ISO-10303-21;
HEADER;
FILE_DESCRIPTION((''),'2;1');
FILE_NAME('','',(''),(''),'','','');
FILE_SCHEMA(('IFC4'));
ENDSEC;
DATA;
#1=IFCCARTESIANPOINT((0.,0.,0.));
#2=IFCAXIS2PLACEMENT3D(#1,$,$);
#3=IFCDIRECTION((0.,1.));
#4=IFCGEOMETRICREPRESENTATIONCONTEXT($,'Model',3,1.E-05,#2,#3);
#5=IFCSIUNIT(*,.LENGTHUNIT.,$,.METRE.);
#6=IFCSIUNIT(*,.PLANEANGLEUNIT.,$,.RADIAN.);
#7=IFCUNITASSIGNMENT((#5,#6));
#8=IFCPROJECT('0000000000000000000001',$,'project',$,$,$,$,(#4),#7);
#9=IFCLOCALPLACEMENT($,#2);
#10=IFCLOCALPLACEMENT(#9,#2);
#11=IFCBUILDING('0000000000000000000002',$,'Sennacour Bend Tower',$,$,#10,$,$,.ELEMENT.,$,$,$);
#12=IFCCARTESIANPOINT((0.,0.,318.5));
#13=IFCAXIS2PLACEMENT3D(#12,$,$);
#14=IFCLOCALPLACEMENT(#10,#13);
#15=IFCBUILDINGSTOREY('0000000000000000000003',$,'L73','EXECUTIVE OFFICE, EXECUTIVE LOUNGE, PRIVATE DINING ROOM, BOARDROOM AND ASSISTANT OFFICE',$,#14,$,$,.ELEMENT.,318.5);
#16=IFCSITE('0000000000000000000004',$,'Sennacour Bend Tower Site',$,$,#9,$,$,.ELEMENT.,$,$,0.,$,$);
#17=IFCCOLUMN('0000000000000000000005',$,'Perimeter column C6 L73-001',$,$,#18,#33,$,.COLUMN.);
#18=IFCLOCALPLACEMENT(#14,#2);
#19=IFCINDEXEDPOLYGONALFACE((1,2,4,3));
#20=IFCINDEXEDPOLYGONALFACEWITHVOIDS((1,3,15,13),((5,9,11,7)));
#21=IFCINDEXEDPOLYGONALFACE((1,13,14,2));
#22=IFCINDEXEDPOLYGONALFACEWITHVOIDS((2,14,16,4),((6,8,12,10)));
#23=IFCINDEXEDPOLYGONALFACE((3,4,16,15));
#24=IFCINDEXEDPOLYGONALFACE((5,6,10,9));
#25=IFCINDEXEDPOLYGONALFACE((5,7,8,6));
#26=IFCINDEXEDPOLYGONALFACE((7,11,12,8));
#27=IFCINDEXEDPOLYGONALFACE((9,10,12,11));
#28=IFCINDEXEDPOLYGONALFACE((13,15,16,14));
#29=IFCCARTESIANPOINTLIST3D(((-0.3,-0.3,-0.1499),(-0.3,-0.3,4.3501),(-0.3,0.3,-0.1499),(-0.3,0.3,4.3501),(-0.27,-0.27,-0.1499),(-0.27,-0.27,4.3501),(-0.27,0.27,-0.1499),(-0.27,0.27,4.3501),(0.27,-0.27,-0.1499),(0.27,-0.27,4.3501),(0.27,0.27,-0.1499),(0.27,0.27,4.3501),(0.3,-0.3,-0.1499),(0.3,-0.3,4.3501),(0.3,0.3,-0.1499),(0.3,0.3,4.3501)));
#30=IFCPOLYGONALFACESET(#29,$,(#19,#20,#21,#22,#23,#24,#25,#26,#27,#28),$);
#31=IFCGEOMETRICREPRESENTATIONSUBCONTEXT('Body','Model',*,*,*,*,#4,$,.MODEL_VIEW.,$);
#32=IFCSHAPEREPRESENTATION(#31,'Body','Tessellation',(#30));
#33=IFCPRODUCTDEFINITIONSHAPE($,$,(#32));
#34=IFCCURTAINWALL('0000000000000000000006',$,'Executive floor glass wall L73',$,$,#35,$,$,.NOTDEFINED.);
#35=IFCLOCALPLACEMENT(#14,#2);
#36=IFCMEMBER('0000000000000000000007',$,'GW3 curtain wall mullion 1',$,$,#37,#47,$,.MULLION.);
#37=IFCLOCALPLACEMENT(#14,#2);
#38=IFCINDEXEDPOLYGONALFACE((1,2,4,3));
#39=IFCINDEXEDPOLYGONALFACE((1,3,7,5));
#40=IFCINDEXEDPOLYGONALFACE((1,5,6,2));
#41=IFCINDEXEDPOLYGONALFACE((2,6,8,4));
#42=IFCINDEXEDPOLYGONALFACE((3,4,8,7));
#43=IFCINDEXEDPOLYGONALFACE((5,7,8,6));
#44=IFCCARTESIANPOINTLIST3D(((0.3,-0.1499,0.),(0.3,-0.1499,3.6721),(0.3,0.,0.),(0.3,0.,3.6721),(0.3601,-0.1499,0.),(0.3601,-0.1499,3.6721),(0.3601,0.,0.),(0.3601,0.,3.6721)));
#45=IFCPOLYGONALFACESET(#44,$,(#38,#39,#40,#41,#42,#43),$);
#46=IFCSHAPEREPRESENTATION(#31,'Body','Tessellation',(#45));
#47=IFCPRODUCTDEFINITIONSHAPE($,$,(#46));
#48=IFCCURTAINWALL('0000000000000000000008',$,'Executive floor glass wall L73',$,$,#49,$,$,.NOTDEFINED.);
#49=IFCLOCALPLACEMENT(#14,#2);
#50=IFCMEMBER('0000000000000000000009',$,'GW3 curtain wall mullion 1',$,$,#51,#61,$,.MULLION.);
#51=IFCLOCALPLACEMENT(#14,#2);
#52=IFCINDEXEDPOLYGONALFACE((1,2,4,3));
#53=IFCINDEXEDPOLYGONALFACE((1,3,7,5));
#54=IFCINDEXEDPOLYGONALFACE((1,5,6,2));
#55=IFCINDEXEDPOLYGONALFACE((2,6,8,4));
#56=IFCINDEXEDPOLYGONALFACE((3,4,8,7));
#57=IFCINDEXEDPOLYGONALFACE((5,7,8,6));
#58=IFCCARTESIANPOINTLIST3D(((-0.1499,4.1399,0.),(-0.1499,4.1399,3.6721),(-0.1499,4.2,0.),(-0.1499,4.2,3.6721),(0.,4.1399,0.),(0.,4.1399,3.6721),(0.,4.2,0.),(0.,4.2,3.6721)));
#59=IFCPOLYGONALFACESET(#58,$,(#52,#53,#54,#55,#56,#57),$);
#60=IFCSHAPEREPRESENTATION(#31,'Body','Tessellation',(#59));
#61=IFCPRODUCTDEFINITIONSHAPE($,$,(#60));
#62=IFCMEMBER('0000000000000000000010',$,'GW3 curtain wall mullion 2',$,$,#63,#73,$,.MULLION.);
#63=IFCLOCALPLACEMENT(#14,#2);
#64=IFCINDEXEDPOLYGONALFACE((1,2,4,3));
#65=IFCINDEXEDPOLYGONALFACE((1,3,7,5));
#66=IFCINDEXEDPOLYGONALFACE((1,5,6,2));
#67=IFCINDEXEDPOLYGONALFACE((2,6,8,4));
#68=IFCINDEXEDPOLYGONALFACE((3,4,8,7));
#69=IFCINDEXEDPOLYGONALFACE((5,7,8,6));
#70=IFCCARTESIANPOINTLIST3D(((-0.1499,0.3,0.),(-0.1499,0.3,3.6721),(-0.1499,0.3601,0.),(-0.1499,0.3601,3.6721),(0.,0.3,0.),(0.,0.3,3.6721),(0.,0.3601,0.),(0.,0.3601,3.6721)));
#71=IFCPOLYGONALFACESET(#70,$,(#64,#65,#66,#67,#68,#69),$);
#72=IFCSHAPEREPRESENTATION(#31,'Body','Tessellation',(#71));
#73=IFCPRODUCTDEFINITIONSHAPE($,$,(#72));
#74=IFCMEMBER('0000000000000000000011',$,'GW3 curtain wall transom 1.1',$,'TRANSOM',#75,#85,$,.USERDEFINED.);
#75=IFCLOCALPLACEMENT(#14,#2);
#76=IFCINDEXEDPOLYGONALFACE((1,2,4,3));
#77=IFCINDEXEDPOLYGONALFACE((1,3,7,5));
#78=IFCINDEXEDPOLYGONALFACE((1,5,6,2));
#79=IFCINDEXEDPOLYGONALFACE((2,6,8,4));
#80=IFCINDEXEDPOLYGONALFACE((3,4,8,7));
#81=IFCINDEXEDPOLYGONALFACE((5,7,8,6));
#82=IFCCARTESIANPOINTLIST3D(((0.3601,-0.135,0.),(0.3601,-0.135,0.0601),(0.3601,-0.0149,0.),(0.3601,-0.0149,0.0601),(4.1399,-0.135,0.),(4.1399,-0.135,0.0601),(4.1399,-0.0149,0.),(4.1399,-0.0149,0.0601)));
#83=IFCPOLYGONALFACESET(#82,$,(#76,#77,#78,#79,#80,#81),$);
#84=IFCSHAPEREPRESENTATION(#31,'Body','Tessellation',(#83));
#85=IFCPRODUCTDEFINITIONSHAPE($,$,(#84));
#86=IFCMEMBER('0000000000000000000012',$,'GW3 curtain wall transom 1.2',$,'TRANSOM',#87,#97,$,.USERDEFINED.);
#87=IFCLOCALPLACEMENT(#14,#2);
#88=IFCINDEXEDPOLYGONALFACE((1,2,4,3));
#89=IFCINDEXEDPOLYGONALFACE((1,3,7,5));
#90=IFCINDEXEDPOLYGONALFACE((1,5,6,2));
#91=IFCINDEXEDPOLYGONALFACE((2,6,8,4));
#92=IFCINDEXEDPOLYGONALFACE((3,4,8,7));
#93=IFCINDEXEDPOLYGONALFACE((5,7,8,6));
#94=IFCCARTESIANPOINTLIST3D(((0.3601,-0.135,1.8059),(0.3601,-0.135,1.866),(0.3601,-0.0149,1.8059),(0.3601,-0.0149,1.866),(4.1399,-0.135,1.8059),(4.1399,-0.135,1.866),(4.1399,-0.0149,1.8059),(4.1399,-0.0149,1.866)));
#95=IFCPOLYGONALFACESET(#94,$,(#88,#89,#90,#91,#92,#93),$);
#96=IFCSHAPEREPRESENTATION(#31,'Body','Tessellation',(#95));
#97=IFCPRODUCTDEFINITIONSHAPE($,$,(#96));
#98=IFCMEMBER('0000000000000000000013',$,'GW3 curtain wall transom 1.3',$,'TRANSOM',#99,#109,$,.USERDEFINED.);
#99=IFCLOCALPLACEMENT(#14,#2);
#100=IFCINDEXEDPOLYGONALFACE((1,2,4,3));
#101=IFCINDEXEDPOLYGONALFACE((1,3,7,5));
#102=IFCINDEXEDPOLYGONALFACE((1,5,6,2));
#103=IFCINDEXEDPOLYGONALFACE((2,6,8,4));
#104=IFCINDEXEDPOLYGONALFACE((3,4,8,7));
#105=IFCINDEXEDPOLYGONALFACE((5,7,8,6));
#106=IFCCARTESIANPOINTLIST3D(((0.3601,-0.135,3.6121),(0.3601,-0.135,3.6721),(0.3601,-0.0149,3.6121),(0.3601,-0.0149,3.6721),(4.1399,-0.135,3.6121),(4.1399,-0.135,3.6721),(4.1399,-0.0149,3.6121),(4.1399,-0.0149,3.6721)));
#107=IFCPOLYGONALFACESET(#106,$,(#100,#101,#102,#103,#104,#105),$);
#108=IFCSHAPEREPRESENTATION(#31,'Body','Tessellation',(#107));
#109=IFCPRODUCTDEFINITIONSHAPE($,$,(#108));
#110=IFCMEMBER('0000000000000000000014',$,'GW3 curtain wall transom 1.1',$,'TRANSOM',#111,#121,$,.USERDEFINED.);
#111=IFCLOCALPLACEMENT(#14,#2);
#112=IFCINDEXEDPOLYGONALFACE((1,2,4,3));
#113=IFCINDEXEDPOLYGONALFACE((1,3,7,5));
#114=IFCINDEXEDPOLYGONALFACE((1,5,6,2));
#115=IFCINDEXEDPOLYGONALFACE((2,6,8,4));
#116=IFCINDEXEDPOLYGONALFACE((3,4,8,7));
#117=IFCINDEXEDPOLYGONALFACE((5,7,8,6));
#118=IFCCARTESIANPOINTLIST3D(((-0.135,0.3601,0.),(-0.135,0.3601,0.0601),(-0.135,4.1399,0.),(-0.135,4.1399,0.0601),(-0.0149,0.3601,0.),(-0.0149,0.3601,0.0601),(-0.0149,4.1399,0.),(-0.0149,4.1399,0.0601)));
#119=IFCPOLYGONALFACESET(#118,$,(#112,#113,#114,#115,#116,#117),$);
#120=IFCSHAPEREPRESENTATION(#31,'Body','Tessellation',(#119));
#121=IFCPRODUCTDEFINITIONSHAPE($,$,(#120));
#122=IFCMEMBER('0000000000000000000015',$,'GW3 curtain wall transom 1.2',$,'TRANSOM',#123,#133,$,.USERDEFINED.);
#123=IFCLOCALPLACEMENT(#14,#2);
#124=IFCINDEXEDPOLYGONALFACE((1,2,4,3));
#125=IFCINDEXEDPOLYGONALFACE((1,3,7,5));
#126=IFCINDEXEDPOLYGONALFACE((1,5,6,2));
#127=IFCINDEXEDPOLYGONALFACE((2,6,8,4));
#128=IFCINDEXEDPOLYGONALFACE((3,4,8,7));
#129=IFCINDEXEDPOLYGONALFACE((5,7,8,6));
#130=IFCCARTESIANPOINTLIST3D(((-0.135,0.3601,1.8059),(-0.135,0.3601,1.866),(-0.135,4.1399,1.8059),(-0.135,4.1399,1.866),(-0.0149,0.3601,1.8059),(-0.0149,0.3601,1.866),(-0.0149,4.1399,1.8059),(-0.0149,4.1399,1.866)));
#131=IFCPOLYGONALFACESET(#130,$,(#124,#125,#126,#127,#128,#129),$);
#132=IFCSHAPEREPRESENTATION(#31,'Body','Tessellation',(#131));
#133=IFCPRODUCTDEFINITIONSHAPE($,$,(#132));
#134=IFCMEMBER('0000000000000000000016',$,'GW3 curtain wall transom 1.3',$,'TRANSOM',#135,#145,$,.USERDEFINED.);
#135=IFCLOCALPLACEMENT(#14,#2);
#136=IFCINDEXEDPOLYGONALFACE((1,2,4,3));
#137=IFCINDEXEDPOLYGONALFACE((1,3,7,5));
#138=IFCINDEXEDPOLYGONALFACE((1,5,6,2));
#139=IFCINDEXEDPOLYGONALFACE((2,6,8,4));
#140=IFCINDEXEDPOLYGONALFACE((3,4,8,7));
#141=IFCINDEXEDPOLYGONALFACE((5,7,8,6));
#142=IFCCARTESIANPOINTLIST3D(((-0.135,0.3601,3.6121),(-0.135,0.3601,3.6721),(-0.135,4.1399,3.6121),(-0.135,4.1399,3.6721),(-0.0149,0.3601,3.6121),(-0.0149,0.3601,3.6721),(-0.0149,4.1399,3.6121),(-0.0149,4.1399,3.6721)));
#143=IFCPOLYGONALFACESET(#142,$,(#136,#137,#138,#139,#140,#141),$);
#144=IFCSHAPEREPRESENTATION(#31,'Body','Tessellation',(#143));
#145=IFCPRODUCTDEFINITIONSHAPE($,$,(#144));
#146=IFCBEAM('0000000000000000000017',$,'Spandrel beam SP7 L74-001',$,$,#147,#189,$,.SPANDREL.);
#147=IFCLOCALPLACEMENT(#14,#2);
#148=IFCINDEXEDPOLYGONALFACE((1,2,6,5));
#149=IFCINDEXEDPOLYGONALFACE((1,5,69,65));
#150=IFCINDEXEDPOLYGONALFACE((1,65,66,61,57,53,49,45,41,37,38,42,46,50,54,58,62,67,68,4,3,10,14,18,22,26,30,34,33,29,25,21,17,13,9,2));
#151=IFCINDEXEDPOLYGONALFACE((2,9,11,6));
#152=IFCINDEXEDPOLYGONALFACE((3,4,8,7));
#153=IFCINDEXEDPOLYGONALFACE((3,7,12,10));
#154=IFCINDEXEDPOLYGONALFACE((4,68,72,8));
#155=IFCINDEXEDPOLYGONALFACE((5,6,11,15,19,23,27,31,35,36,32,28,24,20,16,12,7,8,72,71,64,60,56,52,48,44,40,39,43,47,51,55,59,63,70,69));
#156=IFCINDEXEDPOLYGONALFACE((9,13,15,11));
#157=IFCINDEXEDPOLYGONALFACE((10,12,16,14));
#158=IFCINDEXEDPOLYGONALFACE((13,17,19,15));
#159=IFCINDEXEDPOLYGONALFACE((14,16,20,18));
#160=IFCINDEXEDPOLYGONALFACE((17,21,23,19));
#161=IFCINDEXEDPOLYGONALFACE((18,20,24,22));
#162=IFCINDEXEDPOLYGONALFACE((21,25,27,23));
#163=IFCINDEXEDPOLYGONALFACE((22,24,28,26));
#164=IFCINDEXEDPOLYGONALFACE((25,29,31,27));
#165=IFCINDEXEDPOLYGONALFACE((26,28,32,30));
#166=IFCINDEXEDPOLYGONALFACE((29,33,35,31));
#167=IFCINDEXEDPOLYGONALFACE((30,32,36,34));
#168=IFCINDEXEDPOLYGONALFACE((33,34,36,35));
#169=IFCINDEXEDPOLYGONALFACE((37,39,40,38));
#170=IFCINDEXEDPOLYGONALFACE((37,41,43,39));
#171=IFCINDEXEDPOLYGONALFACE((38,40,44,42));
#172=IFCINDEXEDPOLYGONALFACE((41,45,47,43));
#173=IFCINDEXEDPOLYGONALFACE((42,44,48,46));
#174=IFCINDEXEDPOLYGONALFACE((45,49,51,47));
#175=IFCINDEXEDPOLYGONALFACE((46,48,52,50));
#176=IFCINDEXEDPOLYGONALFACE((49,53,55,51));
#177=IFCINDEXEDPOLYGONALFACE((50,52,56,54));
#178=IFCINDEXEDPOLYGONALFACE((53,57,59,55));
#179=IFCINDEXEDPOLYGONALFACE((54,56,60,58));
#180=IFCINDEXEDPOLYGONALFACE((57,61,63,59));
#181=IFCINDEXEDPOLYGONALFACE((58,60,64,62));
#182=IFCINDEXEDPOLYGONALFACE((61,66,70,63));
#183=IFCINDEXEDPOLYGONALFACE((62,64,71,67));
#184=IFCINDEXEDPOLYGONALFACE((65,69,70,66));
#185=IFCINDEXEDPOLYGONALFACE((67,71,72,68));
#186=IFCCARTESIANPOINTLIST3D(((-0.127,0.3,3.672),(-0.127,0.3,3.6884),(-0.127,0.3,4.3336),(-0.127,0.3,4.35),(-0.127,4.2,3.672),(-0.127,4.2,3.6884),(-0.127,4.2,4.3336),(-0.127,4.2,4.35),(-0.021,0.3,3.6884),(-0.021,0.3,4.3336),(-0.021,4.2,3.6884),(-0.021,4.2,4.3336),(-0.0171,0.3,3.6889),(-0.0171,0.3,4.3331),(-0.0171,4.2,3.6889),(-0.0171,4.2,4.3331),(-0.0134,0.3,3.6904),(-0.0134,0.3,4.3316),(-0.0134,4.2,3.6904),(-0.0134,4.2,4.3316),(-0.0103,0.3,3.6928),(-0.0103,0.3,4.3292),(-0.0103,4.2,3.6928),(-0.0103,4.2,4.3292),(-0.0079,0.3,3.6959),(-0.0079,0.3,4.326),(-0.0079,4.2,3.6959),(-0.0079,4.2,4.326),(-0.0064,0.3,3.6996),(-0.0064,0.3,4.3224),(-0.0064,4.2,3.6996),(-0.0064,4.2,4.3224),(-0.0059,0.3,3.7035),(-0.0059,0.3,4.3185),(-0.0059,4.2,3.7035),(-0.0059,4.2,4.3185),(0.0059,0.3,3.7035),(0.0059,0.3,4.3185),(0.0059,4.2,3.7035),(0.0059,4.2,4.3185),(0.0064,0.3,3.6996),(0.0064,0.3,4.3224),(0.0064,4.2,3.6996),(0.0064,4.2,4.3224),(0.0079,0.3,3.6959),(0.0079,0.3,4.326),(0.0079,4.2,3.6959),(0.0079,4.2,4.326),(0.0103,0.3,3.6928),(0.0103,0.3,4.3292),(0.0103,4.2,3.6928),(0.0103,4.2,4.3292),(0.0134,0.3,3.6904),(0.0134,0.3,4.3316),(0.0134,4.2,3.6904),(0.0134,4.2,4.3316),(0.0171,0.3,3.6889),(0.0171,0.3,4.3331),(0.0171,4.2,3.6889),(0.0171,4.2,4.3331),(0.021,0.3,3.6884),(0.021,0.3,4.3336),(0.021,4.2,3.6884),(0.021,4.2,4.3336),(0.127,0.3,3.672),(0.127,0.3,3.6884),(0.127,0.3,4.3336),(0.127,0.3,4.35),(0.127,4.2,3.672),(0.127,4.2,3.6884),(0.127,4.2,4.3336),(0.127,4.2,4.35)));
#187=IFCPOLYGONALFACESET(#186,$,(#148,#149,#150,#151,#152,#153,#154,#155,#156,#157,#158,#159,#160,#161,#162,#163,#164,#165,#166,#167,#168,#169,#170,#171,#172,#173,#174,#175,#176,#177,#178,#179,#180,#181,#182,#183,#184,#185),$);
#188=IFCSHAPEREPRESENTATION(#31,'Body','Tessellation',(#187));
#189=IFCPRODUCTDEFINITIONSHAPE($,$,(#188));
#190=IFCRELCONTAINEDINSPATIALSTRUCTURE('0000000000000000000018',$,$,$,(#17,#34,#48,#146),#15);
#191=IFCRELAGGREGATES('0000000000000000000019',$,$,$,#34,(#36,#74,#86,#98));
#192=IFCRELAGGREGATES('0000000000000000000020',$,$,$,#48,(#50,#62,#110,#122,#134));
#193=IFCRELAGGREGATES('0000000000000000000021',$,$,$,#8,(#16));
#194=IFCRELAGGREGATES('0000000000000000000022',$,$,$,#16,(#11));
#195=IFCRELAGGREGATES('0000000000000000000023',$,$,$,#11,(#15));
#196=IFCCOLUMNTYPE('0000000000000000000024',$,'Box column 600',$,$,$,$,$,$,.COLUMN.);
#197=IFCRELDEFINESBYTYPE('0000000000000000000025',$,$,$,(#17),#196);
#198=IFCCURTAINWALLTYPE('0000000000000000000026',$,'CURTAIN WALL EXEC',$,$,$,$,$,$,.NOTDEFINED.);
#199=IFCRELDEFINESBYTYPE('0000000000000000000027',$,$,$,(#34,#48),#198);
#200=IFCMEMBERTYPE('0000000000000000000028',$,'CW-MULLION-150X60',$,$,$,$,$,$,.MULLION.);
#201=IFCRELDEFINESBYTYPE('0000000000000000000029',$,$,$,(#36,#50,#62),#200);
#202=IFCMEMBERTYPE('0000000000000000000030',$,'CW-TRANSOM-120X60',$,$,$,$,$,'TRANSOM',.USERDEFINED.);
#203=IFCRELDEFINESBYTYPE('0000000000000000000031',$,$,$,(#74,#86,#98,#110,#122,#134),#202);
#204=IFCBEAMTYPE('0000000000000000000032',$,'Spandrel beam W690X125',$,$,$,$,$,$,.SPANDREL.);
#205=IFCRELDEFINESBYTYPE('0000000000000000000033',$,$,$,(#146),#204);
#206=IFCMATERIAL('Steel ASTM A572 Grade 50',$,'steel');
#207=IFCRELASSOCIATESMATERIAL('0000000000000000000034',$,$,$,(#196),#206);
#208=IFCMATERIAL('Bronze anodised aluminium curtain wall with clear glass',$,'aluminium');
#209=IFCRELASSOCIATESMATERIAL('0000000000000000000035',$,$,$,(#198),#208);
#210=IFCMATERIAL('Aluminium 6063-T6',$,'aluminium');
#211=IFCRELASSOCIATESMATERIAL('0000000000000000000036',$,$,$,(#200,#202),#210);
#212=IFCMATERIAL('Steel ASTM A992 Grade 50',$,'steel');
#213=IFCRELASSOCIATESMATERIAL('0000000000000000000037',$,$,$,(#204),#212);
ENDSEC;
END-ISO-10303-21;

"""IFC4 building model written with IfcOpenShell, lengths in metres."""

from ifc_helpers import new_model, si_unit, direction, frame, origin, origin_2d, place, context, subcontext, project, spatial, rectangle, hollow_rectangle, i_section, extrude, material, material_profile, profile_set, type_object, element, aggregate, save


model = new_model("IFC4")

# Units and contexts
model_context = context("Model", 3, precision=1e-05, world=origin(), true_north=direction((0.0, 1.0)))
body_context = subcontext(model_context, "Body", "Model", "MODEL_VIEW")
ifc_project = project(units=[si_unit("LENGTHUNIT", "METRE"), si_unit("PLANEANGLEUNIT", "RADIAN")], contexts=[model_context])

# Site, building, storey
site_placement = place(None, origin())
site = spatial("IfcSite", under=ifc_project, at=site_placement, Name="Sennacour Bend Tower Site", CompositionType="ELEMENT", RefElevation=0.0)
building_placement = place(site_placement, origin())
building = spatial("IfcBuilding", under=site, at=building_placement, Name="Sennacour Bend Tower", CompositionType="ELEMENT")
storey_placement = place(building_placement, frame((0.0, 0.0, 318.5)))
storey = spatial("IfcBuildingStorey", under=building, at=storey_placement, Name="L73", Description="EXECUTIVE OFFICE, EXECUTIVE LOUNGE, PRIVATE DINING ROOM, BOARDROOM AND ASSISTANT OFFICE", CompositionType="ELEMENT", Elevation=318.5)

# Column
ifc_material_1 = material(Name="Steel ASTM A572 Grade 50", Category="steel")
ifc_material_profile_1 = material_profile(ifc_material_1, hollow_rectangle(XDim=0.6001, YDim=0.6001, WallThickness=0.03, at=origin_2d()), Name="Steel ASTM A572 Grade 50", Category="steel")
ifc_profile_set_1 = profile_set([ifc_material_profile_1], Name="Steel ASTM A572 Grade 50")
column_type = type_object("IfcColumnType", Name="Box column 600", PredefinedType="COLUMN", material=ifc_profile_set_1)
column_placement = place(storey_placement, frame((0.0, 0.0, -0.1499), z_axis=(0.0, 0.0, 1.0), x_axis=(1.0, 0.0, 0.0)))
element("IfcColumn", 1, at=column_placement, inside=storey, type_object=column_type, Name="Perimeter column C6 L73-001", PredefinedType="COLUMN", context=body_context, shape_type="SweptSolid", body=[
    extrude(hollow_rectangle(XDim=0.6001, YDim=0.6001, WallThickness=0.03, at=origin_2d()), origin(), (0.0, 0.0, 1.0), 4.5),
])

# Curtain wall, member
ifc_material_2 = material(Name="Bronze anodised aluminium curtain wall with clear glass", Category="aluminium")
curtain_wall_type = type_object("IfcCurtainWallType", Name="CURTAIN WALL EXEC", PredefinedType="NOTDEFINED", material=ifc_material_2)
curtain_wall_1_placement = place(storey_placement, origin())
curtain_wall_1 = element("IfcCurtainWall", 2, at=curtain_wall_1_placement, inside=storey, type_object=curtain_wall_type, Name="Executive floor glass wall L73", PredefinedType="NOTDEFINED")
ifc_material_3 = material(Name="Aluminium 6063-T6", Category="aluminium")
ifc_material_profile_2 = material_profile(ifc_material_3, rectangle(XDim=0.1499, YDim=0.0601, at=origin_2d()), Name="Aluminium 6063-T6", Category="aluminium")
ifc_profile_set_2 = profile_set([ifc_material_profile_2], Name="Aluminium 6063-T6")
member_type_1 = type_object("IfcMemberType", Name="CW-MULLION-150X60", PredefinedType="MULLION", material=ifc_profile_set_2)
member_1_placement = place(storey_placement, frame((0.3301, -0.075, 0.0), z_axis=(0.0, 0.0, 1.0), x_axis=(0.0, 1.0, 0.0)))
member_1 = element("IfcMember", 3, at=member_1_placement, type_object=member_type_1, Name="GW3 curtain wall mullion 1", PredefinedType="MULLION", context=body_context, shape_type="SweptSolid", body=[
    extrude(rectangle(XDim=0.1499, YDim=0.0601, at=origin_2d()), origin(), (0.0, 0.0, 1.0), 3.6721),
])

# Curtain wall, members
curtain_wall_2_placement = place(storey_placement, origin())
curtain_wall_2 = element("IfcCurtainWall", 4, at=curtain_wall_2_placement, inside=storey, type_object=curtain_wall_type, Name="Executive floor glass wall L73", PredefinedType="NOTDEFINED")
member_2_placement = place(storey_placement, frame((-0.075, 4.1699, 0.0), z_axis=(0.0, 0.0, 1.0), x_axis=(1.0, 0.0, 0.0)))
member_2 = element("IfcMember", 5, at=member_2_placement, type_object=member_type_1, Name="GW3 curtain wall mullion 1", PredefinedType="MULLION", context=body_context, shape_type="SweptSolid", body=[
    extrude(rectangle(XDim=0.1499, YDim=0.0601, at=origin_2d()), origin(), (0.0, 0.0, 1.0), 3.6721),
])
member_3_placement = place(storey_placement, frame((-0.075, 0.3301, 0.0), z_axis=(0.0, 0.0, 1.0), x_axis=(1.0, 0.0, 0.0)))
member_3 = element("IfcMember", 6, at=member_3_placement, type_object=member_type_1, Name="GW3 curtain wall mullion 2", PredefinedType="MULLION", context=body_context, shape_type="SweptSolid", body=[
    extrude(rectangle(XDim=0.1499, YDim=0.0601, at=origin_2d()), origin(), (0.0, 0.0, 1.0), 3.6721),
])

# Members
ifc_material_profile_3 = material_profile(ifc_material_3, rectangle(XDim=0.1201, YDim=0.0601, at=origin_2d()), Name="Aluminium 6063-T6", Category="aluminium")
ifc_profile_set_3 = profile_set([ifc_material_profile_3], Name="Aluminium 6063-T6")
member_type_2 = type_object("IfcMemberType", Name="CW-TRANSOM-120X60", ElementType="TRANSOM", PredefinedType="USERDEFINED", material=ifc_profile_set_3)
member_4_placement = place(storey_placement, frame((0.3601, -0.075, 0.03), z_axis=(1.0, 0.0, 0.0), x_axis=(0.0, 1.0, 0.0)))
member_4 = element("IfcMember", 7, at=member_4_placement, type_object=member_type_2, Name="GW3 curtain wall transom 1.1", ObjectType="TRANSOM", PredefinedType="USERDEFINED", context=body_context, shape_type="SweptSolid", body=[
    extrude(rectangle(XDim=0.1201, YDim=0.0601, at=origin_2d()), origin(), (0.0, 0.0, 1.0), 3.7798),
])
member_5_placement = place(storey_placement, frame((0.3601, -0.075, 1.8359), z_axis=(1.0, 0.0, 0.0), x_axis=(0.0, 1.0, 0.0)))
member_5 = element("IfcMember", 8, at=member_5_placement, type_object=member_type_2, Name="GW3 curtain wall transom 1.2", ObjectType="TRANSOM", PredefinedType="USERDEFINED", context=body_context, shape_type="SweptSolid", body=[
    extrude(rectangle(XDim=0.1201, YDim=0.0601, at=origin_2d()), origin(), (0.0, 0.0, 1.0), 3.7798),
])
member_6_placement = place(storey_placement, frame((0.3601, -0.075, 3.6421), z_axis=(1.0, 0.0, 0.0), x_axis=(0.0, 1.0, 0.0)))
member_6 = element("IfcMember", 9, at=member_6_placement, type_object=member_type_2, Name="GW3 curtain wall transom 1.3", ObjectType="TRANSOM", PredefinedType="USERDEFINED", context=body_context, shape_type="SweptSolid", body=[
    extrude(rectangle(XDim=0.1201, YDim=0.0601, at=origin_2d()), origin(), (0.0, 0.0, 1.0), 3.7798),
])
aggregate(curtain_wall_1, [member_1, member_4, member_5, member_6])
member_7_placement = place(storey_placement, frame((-0.075, 4.1399, 0.03), z_axis=(0.0, -1.0, 0.0), x_axis=(1.0, 0.0, 0.0)))
member_7 = element("IfcMember", 10, at=member_7_placement, type_object=member_type_2, Name="GW3 curtain wall transom 1.1", ObjectType="TRANSOM", PredefinedType="USERDEFINED", context=body_context, shape_type="SweptSolid", body=[
    extrude(rectangle(XDim=0.1201, YDim=0.0601, at=origin_2d()), origin(), (0.0, 0.0, 1.0), 3.7798),
])
member_8_placement = place(storey_placement, frame((-0.075, 4.1399, 1.8359), z_axis=(0.0, -1.0, 0.0), x_axis=(1.0, 0.0, 0.0)))
member_8 = element("IfcMember", 11, at=member_8_placement, type_object=member_type_2, Name="GW3 curtain wall transom 1.2", ObjectType="TRANSOM", PredefinedType="USERDEFINED", context=body_context, shape_type="SweptSolid", body=[
    extrude(rectangle(XDim=0.1201, YDim=0.0601, at=origin_2d()), origin(), (0.0, 0.0, 1.0), 3.7798),
])
member_9_placement = place(storey_placement, frame((-0.075, 4.1399, 3.6421), z_axis=(0.0, -1.0, 0.0), x_axis=(1.0, 0.0, 0.0)))
member_9 = element("IfcMember", 12, at=member_9_placement, type_object=member_type_2, Name="GW3 curtain wall transom 1.3", ObjectType="TRANSOM", PredefinedType="USERDEFINED", context=body_context, shape_type="SweptSolid", body=[
    extrude(rectangle(XDim=0.1201, YDim=0.0601, at=origin_2d()), origin(), (0.0, 0.0, 1.0), 3.7798),
])

# Beam
ifc_material_4 = material(Name="Steel ASTM A992 Grade 50", Category="steel")
ifc_material_profile_4 = material_profile(ifc_material_4, i_section(OverallWidth=0.2539, OverallDepth=0.678, WebThickness=0.0117, FlangeThickness=0.0164, FilletRadius=0.0151, at=origin_2d()), Name="Steel ASTM A992 Grade 50", Category="steel")
ifc_profile_set_4 = profile_set([ifc_material_profile_4], Name="Steel ASTM A992 Grade 50")
beam_type = type_object("IfcBeamType", Name="Spandrel beam W690X125", PredefinedType="SPANDREL", material=ifc_profile_set_4)
beam_placement = place(storey_placement, frame((0.0, 0.3, 4.011), z_axis=(0.0, 1.0, 0.0), x_axis=(-1.0, 0.0, 0.0)))
element("IfcBeam", 13, at=beam_placement, inside=storey, type_object=beam_type, Name="Spandrel beam SP7 L74-001", PredefinedType="SPANDREL", context=body_context, shape_type="SweptSolid", body=[
    extrude(i_section(OverallWidth=0.2539, OverallDepth=0.678, WebThickness=0.0117, FlangeThickness=0.0164, FilletRadius=0.0151, at=origin_2d()), origin(), (0.0, 0.0, 1.0), 3.8999),
])

aggregate(curtain_wall_2, [member_2, member_3, member_7, member_8, member_9])

save(model, "model.ifc")
